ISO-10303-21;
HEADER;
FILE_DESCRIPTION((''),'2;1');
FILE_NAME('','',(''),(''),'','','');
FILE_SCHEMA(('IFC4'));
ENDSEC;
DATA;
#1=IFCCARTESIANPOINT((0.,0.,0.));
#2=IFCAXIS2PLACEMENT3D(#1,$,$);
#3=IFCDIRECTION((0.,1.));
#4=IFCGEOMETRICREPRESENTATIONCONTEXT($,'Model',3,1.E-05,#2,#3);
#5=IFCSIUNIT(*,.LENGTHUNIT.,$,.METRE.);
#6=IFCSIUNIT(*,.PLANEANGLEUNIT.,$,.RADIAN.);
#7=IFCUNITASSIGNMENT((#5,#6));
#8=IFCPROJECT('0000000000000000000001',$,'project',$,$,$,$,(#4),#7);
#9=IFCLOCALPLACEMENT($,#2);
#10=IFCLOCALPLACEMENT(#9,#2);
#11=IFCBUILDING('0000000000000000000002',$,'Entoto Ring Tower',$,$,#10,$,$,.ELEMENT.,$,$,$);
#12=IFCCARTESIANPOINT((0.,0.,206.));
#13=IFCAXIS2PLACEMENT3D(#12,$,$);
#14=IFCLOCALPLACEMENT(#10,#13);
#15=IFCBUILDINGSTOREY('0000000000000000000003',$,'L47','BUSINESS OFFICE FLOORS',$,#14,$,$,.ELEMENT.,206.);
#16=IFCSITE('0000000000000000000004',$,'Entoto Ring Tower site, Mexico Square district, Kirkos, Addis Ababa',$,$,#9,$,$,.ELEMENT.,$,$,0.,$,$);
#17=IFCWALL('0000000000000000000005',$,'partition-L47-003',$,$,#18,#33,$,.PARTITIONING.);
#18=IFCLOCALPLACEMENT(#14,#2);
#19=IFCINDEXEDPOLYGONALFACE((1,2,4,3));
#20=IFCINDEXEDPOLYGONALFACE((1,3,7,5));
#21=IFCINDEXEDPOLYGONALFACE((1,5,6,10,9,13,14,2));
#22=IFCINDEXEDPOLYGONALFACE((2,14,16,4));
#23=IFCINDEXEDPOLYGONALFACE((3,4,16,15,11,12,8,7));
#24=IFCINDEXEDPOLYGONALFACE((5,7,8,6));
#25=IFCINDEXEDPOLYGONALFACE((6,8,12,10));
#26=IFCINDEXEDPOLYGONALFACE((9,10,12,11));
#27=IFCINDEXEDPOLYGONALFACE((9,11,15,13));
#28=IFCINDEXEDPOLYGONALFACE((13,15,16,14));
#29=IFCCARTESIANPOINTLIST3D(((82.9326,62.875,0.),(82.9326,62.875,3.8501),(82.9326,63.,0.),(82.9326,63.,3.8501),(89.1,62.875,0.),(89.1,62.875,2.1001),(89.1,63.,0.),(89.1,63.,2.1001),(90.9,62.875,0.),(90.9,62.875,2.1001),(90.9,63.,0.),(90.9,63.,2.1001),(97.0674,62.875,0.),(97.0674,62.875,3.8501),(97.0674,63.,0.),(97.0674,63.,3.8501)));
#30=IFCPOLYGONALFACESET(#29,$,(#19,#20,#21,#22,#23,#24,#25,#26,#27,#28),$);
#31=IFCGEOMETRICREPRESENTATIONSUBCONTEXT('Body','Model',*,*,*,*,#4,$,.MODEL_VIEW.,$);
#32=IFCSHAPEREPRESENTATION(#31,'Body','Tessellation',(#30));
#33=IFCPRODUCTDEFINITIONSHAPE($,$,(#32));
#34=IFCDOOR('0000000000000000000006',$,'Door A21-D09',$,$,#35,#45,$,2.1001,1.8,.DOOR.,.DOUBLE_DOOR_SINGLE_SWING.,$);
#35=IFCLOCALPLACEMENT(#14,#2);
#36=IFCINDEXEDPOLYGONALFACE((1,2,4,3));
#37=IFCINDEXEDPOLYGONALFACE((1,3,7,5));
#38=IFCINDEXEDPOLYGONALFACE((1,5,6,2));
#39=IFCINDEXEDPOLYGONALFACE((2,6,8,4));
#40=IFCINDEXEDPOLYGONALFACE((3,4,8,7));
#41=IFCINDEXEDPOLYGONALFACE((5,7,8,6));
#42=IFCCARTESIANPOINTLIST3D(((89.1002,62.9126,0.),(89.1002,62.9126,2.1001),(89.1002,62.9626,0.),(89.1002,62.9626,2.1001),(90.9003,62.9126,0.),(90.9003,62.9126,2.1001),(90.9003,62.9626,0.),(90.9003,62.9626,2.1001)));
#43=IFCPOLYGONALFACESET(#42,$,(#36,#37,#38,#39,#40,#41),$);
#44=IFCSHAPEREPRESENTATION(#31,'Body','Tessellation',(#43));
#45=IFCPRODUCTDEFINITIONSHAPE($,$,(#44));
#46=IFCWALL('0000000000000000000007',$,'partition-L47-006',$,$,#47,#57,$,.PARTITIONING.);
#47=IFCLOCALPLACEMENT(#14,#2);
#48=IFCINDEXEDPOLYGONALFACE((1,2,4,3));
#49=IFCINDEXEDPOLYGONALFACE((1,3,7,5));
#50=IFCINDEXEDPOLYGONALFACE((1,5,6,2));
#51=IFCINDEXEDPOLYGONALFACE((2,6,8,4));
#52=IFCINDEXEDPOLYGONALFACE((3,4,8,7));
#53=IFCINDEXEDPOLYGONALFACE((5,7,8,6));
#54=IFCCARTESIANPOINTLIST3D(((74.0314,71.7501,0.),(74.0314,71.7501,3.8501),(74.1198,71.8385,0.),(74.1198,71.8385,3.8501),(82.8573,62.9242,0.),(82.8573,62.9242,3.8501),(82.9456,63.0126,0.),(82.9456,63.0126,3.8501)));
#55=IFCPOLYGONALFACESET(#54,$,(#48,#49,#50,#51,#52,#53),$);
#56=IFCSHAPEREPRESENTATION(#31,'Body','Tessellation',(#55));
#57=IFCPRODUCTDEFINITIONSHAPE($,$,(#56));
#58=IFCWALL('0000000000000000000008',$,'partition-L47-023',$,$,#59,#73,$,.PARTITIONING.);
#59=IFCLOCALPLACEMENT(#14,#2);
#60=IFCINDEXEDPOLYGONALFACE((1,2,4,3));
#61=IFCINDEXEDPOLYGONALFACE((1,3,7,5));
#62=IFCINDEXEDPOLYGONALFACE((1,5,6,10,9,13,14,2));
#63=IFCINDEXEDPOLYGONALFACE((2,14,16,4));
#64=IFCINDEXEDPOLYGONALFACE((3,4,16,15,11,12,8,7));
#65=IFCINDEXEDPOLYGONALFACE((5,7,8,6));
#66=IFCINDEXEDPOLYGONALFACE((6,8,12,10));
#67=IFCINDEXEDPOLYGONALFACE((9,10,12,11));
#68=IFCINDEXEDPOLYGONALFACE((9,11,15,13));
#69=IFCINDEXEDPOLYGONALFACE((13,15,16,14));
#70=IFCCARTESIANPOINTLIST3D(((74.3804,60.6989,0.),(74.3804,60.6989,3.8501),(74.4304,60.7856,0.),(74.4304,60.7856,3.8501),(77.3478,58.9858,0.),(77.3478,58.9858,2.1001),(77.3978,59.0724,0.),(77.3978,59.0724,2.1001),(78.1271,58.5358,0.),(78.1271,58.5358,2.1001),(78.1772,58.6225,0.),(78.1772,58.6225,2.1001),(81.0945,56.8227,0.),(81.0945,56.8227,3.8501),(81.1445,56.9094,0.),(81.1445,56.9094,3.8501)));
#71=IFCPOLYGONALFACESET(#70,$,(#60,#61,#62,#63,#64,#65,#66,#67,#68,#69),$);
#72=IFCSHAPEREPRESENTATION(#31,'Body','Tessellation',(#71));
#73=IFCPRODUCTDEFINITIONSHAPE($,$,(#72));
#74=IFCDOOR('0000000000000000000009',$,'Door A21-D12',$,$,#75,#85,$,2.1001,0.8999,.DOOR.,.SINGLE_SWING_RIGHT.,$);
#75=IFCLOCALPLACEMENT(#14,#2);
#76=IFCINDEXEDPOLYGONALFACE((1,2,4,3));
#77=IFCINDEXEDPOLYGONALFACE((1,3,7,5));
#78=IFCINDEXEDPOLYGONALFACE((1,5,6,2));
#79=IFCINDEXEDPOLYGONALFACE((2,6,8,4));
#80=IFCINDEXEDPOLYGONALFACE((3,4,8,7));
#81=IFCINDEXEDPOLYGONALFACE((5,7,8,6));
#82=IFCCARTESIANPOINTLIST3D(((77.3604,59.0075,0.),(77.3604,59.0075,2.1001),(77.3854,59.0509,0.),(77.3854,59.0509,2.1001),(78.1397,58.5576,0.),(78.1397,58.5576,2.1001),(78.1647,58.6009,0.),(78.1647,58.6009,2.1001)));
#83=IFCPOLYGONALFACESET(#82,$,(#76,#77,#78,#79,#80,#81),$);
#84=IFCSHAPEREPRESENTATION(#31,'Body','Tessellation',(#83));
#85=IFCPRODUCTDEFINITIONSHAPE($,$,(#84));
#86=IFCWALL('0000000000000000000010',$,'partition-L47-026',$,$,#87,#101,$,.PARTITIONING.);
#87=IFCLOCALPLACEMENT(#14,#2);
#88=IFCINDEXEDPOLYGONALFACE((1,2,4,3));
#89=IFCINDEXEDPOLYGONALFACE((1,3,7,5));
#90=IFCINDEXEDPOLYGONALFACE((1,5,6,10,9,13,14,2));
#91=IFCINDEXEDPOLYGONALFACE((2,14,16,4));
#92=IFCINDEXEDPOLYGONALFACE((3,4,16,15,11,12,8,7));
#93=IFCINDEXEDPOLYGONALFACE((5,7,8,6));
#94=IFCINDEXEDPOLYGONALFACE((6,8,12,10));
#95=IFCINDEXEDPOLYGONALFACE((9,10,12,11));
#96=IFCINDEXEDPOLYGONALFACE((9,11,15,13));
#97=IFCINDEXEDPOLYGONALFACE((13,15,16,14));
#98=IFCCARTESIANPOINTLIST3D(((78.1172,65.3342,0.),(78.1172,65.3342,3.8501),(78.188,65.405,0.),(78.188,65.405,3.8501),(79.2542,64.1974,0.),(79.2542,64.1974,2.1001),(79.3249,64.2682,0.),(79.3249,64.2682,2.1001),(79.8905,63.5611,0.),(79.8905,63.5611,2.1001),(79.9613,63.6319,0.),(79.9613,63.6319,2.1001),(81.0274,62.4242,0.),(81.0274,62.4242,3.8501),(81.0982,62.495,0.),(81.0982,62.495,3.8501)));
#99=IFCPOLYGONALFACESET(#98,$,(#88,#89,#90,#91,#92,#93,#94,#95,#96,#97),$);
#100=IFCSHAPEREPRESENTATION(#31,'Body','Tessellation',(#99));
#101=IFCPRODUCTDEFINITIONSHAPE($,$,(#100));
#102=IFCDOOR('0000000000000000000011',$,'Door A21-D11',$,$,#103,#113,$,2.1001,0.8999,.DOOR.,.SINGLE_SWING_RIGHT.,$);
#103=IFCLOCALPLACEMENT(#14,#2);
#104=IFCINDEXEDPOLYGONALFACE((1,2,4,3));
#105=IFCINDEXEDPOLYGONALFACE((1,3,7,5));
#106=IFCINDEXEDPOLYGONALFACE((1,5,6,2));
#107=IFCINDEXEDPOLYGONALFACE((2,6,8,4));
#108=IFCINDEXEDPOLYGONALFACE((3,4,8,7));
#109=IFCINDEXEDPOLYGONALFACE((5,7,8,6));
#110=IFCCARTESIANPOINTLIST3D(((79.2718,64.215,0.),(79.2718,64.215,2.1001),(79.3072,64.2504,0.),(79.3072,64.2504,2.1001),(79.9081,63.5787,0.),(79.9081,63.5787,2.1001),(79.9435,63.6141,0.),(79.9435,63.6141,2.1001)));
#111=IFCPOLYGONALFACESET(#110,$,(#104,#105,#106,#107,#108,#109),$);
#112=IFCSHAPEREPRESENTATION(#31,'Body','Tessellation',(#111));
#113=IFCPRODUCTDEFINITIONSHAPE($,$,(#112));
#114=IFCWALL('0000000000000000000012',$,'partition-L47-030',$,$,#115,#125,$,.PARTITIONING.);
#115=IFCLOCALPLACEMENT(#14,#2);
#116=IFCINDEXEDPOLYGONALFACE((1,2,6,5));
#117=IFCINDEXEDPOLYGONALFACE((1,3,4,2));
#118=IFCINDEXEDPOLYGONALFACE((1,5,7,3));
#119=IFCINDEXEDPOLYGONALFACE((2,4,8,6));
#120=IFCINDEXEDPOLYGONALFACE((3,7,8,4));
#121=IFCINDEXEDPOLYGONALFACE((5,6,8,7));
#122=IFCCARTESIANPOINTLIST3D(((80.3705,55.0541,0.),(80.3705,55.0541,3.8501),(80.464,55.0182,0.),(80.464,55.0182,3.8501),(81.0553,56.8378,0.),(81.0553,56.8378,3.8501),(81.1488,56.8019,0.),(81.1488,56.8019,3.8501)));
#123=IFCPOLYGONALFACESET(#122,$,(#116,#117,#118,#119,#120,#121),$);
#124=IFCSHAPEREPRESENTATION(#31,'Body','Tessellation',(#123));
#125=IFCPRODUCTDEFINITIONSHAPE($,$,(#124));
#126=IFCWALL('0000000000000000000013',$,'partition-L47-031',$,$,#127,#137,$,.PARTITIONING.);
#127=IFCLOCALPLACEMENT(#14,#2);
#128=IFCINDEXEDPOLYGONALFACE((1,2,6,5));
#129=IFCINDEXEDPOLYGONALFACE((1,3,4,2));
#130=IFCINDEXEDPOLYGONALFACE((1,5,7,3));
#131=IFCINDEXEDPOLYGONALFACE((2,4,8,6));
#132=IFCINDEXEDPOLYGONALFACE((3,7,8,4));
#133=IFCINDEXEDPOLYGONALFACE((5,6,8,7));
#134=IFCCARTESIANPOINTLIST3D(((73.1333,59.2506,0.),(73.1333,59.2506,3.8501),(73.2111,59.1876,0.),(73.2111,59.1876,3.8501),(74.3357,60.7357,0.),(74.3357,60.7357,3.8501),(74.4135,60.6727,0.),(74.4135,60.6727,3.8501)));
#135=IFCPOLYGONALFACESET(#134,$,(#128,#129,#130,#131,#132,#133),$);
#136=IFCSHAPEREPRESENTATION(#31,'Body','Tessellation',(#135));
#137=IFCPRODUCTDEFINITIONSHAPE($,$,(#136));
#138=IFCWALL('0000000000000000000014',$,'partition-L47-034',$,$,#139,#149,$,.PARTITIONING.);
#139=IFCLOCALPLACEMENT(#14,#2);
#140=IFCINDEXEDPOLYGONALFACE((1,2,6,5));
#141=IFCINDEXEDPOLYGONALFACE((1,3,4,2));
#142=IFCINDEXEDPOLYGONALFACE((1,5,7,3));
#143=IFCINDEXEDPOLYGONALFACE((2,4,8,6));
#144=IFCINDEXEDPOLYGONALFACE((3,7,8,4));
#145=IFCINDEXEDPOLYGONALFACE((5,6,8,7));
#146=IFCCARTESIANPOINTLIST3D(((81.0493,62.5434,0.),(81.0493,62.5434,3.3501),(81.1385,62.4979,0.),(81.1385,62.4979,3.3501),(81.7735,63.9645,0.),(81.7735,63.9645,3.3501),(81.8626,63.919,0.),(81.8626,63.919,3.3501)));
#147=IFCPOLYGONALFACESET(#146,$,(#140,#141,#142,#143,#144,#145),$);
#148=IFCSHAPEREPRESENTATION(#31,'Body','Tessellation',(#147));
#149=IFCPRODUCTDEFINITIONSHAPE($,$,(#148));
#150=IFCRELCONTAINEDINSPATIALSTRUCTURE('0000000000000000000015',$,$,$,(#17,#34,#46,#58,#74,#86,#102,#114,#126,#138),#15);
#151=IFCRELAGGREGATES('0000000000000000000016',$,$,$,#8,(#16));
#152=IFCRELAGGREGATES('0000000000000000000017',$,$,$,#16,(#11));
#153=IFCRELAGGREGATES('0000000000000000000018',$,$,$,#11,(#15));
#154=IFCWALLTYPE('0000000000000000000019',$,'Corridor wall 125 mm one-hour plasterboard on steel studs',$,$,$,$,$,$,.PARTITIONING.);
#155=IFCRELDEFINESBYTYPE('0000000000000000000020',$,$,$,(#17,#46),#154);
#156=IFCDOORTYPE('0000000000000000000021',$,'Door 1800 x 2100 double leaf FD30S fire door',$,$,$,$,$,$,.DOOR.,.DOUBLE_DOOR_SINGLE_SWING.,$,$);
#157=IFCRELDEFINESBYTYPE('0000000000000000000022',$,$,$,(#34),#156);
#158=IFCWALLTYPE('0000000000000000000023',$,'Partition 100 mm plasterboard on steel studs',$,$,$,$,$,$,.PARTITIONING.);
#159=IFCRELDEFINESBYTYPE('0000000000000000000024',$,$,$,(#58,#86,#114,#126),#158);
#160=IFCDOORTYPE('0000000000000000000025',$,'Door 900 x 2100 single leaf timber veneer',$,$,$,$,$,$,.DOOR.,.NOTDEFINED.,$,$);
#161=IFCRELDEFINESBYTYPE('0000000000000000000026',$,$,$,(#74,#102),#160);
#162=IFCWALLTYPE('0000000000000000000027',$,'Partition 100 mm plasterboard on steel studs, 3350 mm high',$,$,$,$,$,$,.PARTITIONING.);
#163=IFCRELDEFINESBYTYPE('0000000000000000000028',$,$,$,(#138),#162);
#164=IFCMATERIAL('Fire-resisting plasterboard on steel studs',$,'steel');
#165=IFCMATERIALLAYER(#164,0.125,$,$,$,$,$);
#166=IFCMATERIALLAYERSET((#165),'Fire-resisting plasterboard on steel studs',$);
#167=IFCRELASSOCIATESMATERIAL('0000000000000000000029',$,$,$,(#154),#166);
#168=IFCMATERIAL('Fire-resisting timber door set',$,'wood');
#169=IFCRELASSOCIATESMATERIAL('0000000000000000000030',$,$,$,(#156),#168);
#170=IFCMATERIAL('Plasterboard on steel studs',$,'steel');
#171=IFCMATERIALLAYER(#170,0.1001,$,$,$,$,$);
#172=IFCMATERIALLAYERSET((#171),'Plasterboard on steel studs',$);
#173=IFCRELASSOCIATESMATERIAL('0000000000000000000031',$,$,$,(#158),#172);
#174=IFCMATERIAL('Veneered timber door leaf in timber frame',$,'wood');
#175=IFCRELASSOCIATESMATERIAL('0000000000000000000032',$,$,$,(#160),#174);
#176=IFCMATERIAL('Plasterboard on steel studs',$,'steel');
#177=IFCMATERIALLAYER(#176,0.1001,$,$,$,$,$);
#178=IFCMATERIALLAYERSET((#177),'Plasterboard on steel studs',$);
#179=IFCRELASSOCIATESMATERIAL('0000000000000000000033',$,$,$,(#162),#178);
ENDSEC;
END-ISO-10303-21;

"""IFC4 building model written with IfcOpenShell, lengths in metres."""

from ifc_helpers import new_model, si_unit, direction, frame, frame_2d, origin, place, context, subcontext, project, spatial, rectangle, extrude, material, layer, layer_set, type_object, element, fill, save


model = new_model("IFC4")

# Units and contexts
model_context = context("Model", 3, precision=1e-05, world=origin(), true_north=direction((0.0, 1.0)))
body_context = subcontext(model_context, "Body", "Model", "MODEL_VIEW")
ifc_project = project(units=[si_unit("LENGTHUNIT", "METRE"), si_unit("PLANEANGLEUNIT", "RADIAN")], contexts=[model_context])

# Site, building, storey
site_placement = place(None, origin())
site = spatial("IfcSite", under=ifc_project, at=site_placement, Name="Entoto Ring Tower site, Mexico Square district, Kirkos, Addis Ababa", CompositionType="ELEMENT", RefElevation=0.0)
building_placement = place(site_placement, origin())
building = spatial("IfcBuilding", under=site, at=building_placement, Name="Entoto Ring Tower", CompositionType="ELEMENT")
storey_placement = place(building_placement, frame((0.0, 0.0, 206.0)))
storey = spatial("IfcBuildingStorey", under=building, at=storey_placement, Name="L47", Description="BUSINESS OFFICE FLOORS", CompositionType="ELEMENT", Elevation=206.0)

# Wall, opening, door
ifc_material_1 = material(Name="Fire-resisting plasterboard on steel studs", Category="steel")
ifc_layer_1 = layer(ifc_material_1, 0.125)
ifc_layer_set_1 = layer_set([ifc_layer_1], Name="Fire-resisting plasterboard on steel studs")
wall_type_1 = type_object("IfcWallType", Name="Corridor wall 125 mm one-hour plasterboard on steel studs", PredefinedType="PARTITIONING", material=ifc_layer_set_1)
wall_1_placement = place(storey_placement, frame((82.9326, 62.9375, 0.0), z_axis=(0.0, 0.0, 1.0), x_axis=(1.0, 0.0, 0.0)))
wall_1 = element("IfcWall", 1, at=wall_1_placement, inside=storey, type_object=wall_type_1, Name="partition-L47-003", PredefinedType="PARTITIONING", context=body_context, shape_type="SweptSolid", body=[
    extrude(rectangle(XDim=14.1348, YDim=0.125, at=frame_2d((7.0674, 0.0))), origin(), (0.0, 0.0, 1.0), 3.8501),
])
opening_1_placement = place(wall_1_placement, frame((6.1675, 0.0, 0.0)))
opening_1 = element("IfcOpeningElement", 2, at=opening_1_placement, cuts=wall_1, PredefinedType="OPENING", context=body_context, shape_type="SweptSolid", body=[
    extrude(rectangle(XDim=1.8, YDim=2.1001, at=frame_2d((0.8999, 1.05))), frame((0.0, 0.0725, 0.0), z_axis=(0.0, -1.0, 0.0), x_axis=(1.0, 0.0, 0.0)), (0.0, 0.0, 1.0), 0.145),
])
ifc_material_2 = material(Name="Fire-resisting timber door set", Category="wood")
door_type_1 = type_object("IfcDoorType", Name="Door 1800 x 2100 double leaf FD30S fire door", OperationType="DOUBLE_DOOR_SINGLE_SWING", PredefinedType="DOOR", material=ifc_material_2)
door_1_placement = place(opening_1_placement, frame((1.8, 0.0, 0.0), z_axis=(0.0, 0.0, 1.0), x_axis=(-1.0, 0.0, 0.0)))
door_1 = element("IfcDoor", 3, at=door_1_placement, inside=storey, type_object=door_type_1, Name="Door A21-D09", OperationType="DOUBLE_DOOR_SINGLE_SWING", OverallHeight=2.1001, OverallWidth=1.8, PredefinedType="DOOR", context=body_context, shape_type="SweptSolid", body=[
    extrude(rectangle(XDim=1.8, YDim=2.1001, at=frame_2d((0.8999, 1.05))), frame((0.0, 0.0249, 0.0), z_axis=(0.0, -1.0, 0.0), x_axis=(1.0, 0.0, 0.0)), (0.0, 0.0, 1.0), 0.05),
])
fill(opening_1, door_1)

# Wall
wall_2_placement = place(storey_placement, frame((82.9014, 62.9685, 0.0), z_axis=(0.0, 0.0, 1.0), x_axis=(-0.707107, 0.707107, 0.0)))
element("IfcWall", 4, at=wall_2_placement, inside=storey, type_object=wall_type_1, Name="partition-L47-006", PredefinedType="PARTITIONING", context=body_context, shape_type="SweptSolid", body=[
    extrude(rectangle(XDim=12.4817, YDim=0.125, at=frame_2d((6.2407, 0.0))), origin(), (0.0, 0.0, 1.0), 3.8501),
])

# Walls, openings, doors
ifc_material_3 = material(Name="Plasterboard on steel studs", Category="steel")
ifc_layer_2 = layer(ifc_material_3, 0.1001)
ifc_layer_set_2 = layer_set([ifc_layer_2], Name="Plasterboard on steel studs")
wall_type_2 = type_object("IfcWallType", Name="Partition 100 mm plasterboard on steel studs", PredefinedType="PARTITIONING", material=ifc_layer_set_2)
wall_3_placement = place(storey_placement, frame((81.1196, 56.866, 0.0), z_axis=(0.0, 0.0, 1.0), x_axis=(-0.866035, 0.499983, 0.0)))
wall_3 = element("IfcWall", 5, at=wall_3_placement, inside=storey, type_object=wall_type_2, Name="partition-L47-023", PredefinedType="PARTITIONING", context=body_context, shape_type="SweptSolid", body=[
    extrude(rectangle(XDim=7.7527, YDim=0.1001, at=frame_2d((3.8765, 0.0))), origin(), (0.0, 0.0, 1.0), 3.8501),
])
opening_2_placement = place(wall_3_placement, frame((3.4265, 0.0, 0.0)))
opening_2 = element("IfcOpeningElement", 6, at=opening_2_placement, cuts=wall_3, PredefinedType="OPENING", context=body_context, shape_type="SweptSolid", body=[
    extrude(rectangle(XDim=0.8999, YDim=2.1001, at=frame_2d((0.45, 1.05))), frame((0.0, 0.0601, 0.0), z_axis=(0.0, -1.0, 0.0), x_axis=(1.0, 0.0, 0.0)), (0.0, 0.0, 1.0), 0.1201),
])
ifc_material_4 = material(Name="Veneered timber door leaf in timber frame", Category="wood")
door_type_2 = type_object("IfcDoorType", Name="Door 900 x 2100 single leaf timber veneer", OperationType="NOTDEFINED", PredefinedType="DOOR", material=ifc_material_4)
door_2_placement = place(opening_2_placement, origin())
door_2 = element("IfcDoor", 7, at=door_2_placement, inside=storey, type_object=door_type_2, Name="Door A21-D12", OperationType="SINGLE_SWING_RIGHT", OverallHeight=2.1001, OverallWidth=0.8999, PredefinedType="DOOR", context=body_context, shape_type="SweptSolid", body=[
    extrude(rectangle(XDim=0.8999, YDim=2.1001, at=frame_2d((0.45, 1.05))), frame((0.0, 0.0249, 0.0), z_axis=(0.0, -1.0, 0.0), x_axis=(1.0, 0.0, 0.0)), (0.0, 0.0, 1.0), 0.05),
])
fill(opening_2, door_2)
wall_4_placement = place(storey_placement, frame((81.0627, 62.4597, 0.0), z_axis=(0.0, 0.0, 1.0), x_axis=(-0.707136, 0.707077, 0.0)))
wall_4 = element("IfcWall", 8, at=wall_4_placement, inside=storey, type_object=wall_type_2, Name="partition-L47-026", PredefinedType="PARTITIONING", context=body_context, shape_type="SweptSolid", body=[
    extrude(rectangle(XDim=4.1155, YDim=0.1001, at=frame_2d((2.0576, 0.0))), origin(), (0.0, 0.0, 1.0), 3.8501),
])
opening_3_placement = place(wall_4_placement, frame((1.6077, 0.0, 0.0)))
opening_3 = element("IfcOpeningElement", 9, at=opening_3_placement, cuts=wall_4, PredefinedType="OPENING", context=body_context, shape_type="SweptSolid", body=[
    extrude(rectangle(XDim=0.8999, YDim=2.1001, at=frame_2d((0.45, 1.05))), frame((0.0, 0.0601, 0.0), z_axis=(0.0, -1.0, 0.0), x_axis=(1.0, 0.0, 0.0)), (0.0, 0.0, 1.0), 0.1201),
])
door_3_placement = place(opening_3_placement, frame((0.8999, 0.0, 0.0), z_axis=(0.0, 0.0, 1.0), x_axis=(-1.0, 0.0, 0.0)))
door_3 = element("IfcDoor", 10, at=door_3_placement, inside=storey, type_object=door_type_2, Name="Door A21-D11", OperationType="SINGLE_SWING_RIGHT", OverallHeight=2.1001, OverallWidth=0.8999, PredefinedType="DOOR", context=body_context, shape_type="SweptSolid", body=[
    extrude(rectangle(XDim=0.8999, YDim=2.1001, at=frame_2d((0.45, 1.05))), frame((0.0, 0.0249, 0.0), z_axis=(0.0, -1.0, 0.0), x_axis=(1.0, 0.0, 0.0)), (0.0, 0.0, 1.0), 0.05),
])
fill(opening_3, door_3)

# Walls
wall_5_placement = place(storey_placement, frame((80.4172, 55.0361, 0.0), z_axis=(0.0, 0.0, 1.0), x_axis=(0.358422, 0.93356, 0.0)))
element("IfcWall", 11, at=wall_5_placement, inside=storey, type_object=wall_type_2, Name="partition-L47-030", PredefinedType="PARTITIONING", context=body_context, shape_type="SweptSolid", body=[
    extrude(rectangle(XDim=1.9106, YDim=0.1001, at=frame_2d((0.9553, 0.0))), origin(), (0.0, 0.0, 1.0), 3.8501),
])
wall_6_placement = place(storey_placement, frame((73.1721, 59.219, 0.0), z_axis=(0.0, 0.0, 1.0), x_axis=(0.62925, 0.777203, 0.0)))
element("IfcWall", 12, at=wall_6_placement, inside=storey, type_object=wall_type_2, Name="partition-L47-031", PredefinedType="PARTITIONING", context=body_context, shape_type="SweptSolid", body=[
    extrude(rectangle(XDim=1.9109, YDim=0.1001, at=frame_2d((0.9556, 0.0))), origin(), (0.0, 0.0, 1.0), 3.8501),
])
ifc_material_5 = material(Name="Plasterboard on steel studs", Category="steel")
ifc_layer_3 = layer(ifc_material_5, 0.1001)
ifc_layer_set_3 = layer_set([ifc_layer_3], Name="Plasterboard on steel studs")
wall_type_3 = type_object("IfcWallType", Name="Partition 100 mm plasterboard on steel studs, 3350 mm high", PredefinedType="PARTITIONING", material=ifc_layer_set_3)
wall_7_placement = place(storey_placement, frame((81.094, 62.5208, 0.0), z_axis=(0.0, 0.0, 1.0), x_axis=(0.453997, 0.891003, 0.0)))
element("IfcWall", 13, at=wall_7_placement, inside=storey, type_object=wall_type_3, Name="partition-L47-034", PredefinedType="PARTITIONING", context=body_context, shape_type="SweptSolid", body=[
    extrude(rectangle(XDim=1.595, YDim=0.1001, at=frame_2d((0.7974, 0.0))), origin(), (0.0, 0.0, 1.0), 3.3501),
])

save(model, "model.ifc")
